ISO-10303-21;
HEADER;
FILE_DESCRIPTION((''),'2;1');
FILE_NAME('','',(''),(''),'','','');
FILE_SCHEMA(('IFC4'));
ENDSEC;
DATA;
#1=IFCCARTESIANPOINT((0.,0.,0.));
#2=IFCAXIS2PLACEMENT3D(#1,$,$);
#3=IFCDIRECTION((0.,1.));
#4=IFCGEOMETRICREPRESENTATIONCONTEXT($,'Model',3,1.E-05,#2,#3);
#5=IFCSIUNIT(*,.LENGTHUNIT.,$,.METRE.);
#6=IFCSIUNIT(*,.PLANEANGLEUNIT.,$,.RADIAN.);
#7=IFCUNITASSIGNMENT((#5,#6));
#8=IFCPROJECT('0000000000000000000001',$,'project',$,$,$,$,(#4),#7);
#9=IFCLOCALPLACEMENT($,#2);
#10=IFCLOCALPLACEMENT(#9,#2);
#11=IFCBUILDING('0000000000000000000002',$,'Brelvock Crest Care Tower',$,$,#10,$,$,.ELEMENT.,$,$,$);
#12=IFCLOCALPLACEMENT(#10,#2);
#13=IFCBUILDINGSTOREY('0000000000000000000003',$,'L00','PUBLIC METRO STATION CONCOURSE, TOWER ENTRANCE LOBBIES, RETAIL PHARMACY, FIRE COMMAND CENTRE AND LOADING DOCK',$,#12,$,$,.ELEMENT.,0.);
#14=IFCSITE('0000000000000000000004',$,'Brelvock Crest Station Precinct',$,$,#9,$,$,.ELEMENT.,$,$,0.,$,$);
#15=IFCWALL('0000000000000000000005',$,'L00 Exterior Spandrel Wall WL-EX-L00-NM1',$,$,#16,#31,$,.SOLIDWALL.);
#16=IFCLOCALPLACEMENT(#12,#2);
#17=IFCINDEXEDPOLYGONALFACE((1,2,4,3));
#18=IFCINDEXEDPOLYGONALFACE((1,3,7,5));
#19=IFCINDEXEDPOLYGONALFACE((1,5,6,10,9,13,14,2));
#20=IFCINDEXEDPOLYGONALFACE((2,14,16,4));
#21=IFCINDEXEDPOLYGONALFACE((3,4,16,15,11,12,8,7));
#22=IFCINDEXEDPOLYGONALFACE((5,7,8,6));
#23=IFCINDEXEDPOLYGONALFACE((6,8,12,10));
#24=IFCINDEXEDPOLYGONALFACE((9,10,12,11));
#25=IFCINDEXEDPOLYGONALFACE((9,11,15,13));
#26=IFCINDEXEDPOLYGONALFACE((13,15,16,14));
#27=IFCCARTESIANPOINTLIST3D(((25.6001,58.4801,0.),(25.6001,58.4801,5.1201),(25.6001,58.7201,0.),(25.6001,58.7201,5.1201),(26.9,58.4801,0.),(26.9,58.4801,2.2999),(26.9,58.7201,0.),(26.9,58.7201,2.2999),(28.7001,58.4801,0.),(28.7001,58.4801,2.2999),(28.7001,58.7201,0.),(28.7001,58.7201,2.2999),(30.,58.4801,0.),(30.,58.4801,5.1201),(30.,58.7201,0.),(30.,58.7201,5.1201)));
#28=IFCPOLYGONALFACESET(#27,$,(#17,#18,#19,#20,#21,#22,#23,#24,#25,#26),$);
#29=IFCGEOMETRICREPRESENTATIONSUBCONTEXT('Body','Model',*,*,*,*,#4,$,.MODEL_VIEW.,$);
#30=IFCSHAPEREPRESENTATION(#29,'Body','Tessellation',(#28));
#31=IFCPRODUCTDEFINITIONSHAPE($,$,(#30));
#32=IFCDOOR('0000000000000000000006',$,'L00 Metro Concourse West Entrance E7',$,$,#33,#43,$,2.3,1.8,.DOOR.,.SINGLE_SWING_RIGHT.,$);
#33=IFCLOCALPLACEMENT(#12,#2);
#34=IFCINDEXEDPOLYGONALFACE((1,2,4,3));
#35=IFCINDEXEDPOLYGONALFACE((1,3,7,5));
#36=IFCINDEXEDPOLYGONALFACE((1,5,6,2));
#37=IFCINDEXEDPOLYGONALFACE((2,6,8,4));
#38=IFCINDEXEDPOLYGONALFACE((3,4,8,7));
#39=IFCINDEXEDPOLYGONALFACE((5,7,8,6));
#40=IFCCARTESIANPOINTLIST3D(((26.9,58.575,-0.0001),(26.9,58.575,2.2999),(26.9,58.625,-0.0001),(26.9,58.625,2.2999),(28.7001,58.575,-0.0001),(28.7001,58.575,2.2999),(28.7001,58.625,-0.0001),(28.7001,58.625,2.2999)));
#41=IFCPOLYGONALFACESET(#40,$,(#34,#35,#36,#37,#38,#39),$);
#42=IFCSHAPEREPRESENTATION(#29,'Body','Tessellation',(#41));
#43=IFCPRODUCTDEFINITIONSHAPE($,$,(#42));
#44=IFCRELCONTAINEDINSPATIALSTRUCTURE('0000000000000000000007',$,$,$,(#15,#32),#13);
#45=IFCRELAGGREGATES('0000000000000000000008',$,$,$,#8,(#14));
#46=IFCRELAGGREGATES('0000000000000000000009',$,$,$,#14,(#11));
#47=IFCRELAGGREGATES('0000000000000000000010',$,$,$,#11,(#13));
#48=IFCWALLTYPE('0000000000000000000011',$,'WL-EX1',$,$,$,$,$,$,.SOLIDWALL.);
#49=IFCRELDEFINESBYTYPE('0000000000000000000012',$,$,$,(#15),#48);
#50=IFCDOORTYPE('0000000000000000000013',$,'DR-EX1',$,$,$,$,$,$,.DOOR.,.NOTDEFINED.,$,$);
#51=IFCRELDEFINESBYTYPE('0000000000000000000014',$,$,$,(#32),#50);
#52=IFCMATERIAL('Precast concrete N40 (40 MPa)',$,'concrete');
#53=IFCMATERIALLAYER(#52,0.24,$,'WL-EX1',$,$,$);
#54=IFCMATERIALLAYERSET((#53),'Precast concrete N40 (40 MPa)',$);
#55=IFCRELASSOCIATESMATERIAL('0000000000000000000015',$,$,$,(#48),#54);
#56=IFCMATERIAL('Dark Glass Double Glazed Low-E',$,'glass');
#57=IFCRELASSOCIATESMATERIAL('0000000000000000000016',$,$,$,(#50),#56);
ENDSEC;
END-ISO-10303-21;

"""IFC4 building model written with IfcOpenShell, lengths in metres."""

from ifc_helpers import new_model, si_unit, direction, frame, frame_2d, origin, origin_2d, place, context, subcontext, project, spatial, rectangle, extrude, source, transform, mapped, material, layer, layer_set, type_object, element, fill, save


model = new_model("IFC4")

# Units and contexts
model_context = context("Model", 3, precision=1e-05, world=origin(), true_north=direction((0.0, 1.0)))
body_context = subcontext(model_context, "Body", "Model", "MODEL_VIEW")
ifc_project = project(units=[si_unit("LENGTHUNIT", "METRE"), si_unit("PLANEANGLEUNIT", "RADIAN")], contexts=[model_context])

# Site, building, storey
site_placement = place(None, origin())
site = spatial("IfcSite", under=ifc_project, at=site_placement, Name="Brelvock Crest Station Precinct", CompositionType="ELEMENT", RefElevation=0.0)
building_placement = place(site_placement, origin())
building = spatial("IfcBuilding", under=site, at=building_placement, Name="Brelvock Crest Care Tower", CompositionType="ELEMENT")
storey_placement = place(building_placement, origin())
storey = spatial("IfcBuildingStorey", under=building, at=storey_placement, Name="L00", Description="PUBLIC METRO STATION CONCOURSE, TOWER ENTRANCE LOBBIES, RETAIL PHARMACY, FIRE COMMAND CENTRE AND LOADING DOCK", CompositionType="ELEMENT", Elevation=0.0)

# Shared definitions
ifc_material_1 = material(Name="Dark Glass Double Glazed Low-E", Category="glass")

# Wall, opening, door
ifc_material_2 = material(Name="Precast concrete N40 (40 MPa)", Category="concrete")
ifc_layer_1 = layer(ifc_material_2, 0.24, Name="WL-EX1")
ifc_layer_set_1 = layer_set([ifc_layer_1], Name="Precast concrete N40 (40 MPa)")
wall_type = type_object("IfcWallType", Name="WL-EX1", PredefinedType="SOLIDWALL", material=ifc_layer_set_1)
wall_placement = place(storey_placement, frame((25.6001, 58.6001, 0.0), z_axis=(0.0, 0.0, 1.0), x_axis=(1.0, 0.0, 0.0)))
wall = element("IfcWall", 1, at=wall_placement, inside=storey, type_object=wall_type, Name="L00 Exterior Spandrel Wall WL-EX-L00-NM1", PredefinedType="SOLIDWALL", context=body_context, shape_type="SweptSolid", body=[
    extrude(rectangle(XDim=4.3999, YDim=0.24, at=frame_2d((2.2, 0.0))), origin(), (0.0, 0.0, 1.0), 5.1201),
])
opening_placement = place(wall_placement, frame((1.3, 0.0, 0.0)))
opening = element("IfcOpeningElement", 2, at=opening_placement, cuts=wall, PredefinedType="OPENING", context=body_context, shape_type="SweptSolid", body=[
    extrude(rectangle(XDim=1.8, YDim=2.3, at=origin_2d()), frame((0.8999, 0.1299, 1.1499), z_axis=(0.0, -1.0, 0.0), x_axis=(1.0, 0.0, 0.0)), (0.0, 0.0, 1.0), 0.26),
])
door_type = type_object("IfcDoorType", Name="DR-EX1", OperationType="NOTDEFINED", PredefinedType="DOOR", material=ifc_material_1)
shared_shape_1 = source(origin(), body_context, "Body", "SweptSolid", [
    extrude(rectangle(XDim=1.8, YDim=2.3, at=origin_2d()), frame((0.8999, 0.0249, 1.1499), z_axis=(0.0, -1.0, 0.0), x_axis=(1.0, 0.0, 0.0)), (0.0, 0.0, 1.0), 0.05),
])
door_placement = place(opening_placement, origin())
door = element("IfcDoor", 3, at=door_placement, inside=storey, type_object=door_type, Name="L00 Metro Concourse West Entrance E7", OperationType="SINGLE_SWING_RIGHT", OverallHeight=2.3, OverallWidth=1.8, PredefinedType="DOOR", context=body_context, shape_type="MappedRepresentation", body=[
    mapped(shared_shape_1, transform((0.0, 0.0, 0.0), x_axis=(1.0, 0.0, 0.0), y_axis=(0.0, 1.0, 0.0), z_axis=(0.0, 0.0, 1.0), scale=1.0)),
])
fill(opening, door)

save(model, "model.ifc")
